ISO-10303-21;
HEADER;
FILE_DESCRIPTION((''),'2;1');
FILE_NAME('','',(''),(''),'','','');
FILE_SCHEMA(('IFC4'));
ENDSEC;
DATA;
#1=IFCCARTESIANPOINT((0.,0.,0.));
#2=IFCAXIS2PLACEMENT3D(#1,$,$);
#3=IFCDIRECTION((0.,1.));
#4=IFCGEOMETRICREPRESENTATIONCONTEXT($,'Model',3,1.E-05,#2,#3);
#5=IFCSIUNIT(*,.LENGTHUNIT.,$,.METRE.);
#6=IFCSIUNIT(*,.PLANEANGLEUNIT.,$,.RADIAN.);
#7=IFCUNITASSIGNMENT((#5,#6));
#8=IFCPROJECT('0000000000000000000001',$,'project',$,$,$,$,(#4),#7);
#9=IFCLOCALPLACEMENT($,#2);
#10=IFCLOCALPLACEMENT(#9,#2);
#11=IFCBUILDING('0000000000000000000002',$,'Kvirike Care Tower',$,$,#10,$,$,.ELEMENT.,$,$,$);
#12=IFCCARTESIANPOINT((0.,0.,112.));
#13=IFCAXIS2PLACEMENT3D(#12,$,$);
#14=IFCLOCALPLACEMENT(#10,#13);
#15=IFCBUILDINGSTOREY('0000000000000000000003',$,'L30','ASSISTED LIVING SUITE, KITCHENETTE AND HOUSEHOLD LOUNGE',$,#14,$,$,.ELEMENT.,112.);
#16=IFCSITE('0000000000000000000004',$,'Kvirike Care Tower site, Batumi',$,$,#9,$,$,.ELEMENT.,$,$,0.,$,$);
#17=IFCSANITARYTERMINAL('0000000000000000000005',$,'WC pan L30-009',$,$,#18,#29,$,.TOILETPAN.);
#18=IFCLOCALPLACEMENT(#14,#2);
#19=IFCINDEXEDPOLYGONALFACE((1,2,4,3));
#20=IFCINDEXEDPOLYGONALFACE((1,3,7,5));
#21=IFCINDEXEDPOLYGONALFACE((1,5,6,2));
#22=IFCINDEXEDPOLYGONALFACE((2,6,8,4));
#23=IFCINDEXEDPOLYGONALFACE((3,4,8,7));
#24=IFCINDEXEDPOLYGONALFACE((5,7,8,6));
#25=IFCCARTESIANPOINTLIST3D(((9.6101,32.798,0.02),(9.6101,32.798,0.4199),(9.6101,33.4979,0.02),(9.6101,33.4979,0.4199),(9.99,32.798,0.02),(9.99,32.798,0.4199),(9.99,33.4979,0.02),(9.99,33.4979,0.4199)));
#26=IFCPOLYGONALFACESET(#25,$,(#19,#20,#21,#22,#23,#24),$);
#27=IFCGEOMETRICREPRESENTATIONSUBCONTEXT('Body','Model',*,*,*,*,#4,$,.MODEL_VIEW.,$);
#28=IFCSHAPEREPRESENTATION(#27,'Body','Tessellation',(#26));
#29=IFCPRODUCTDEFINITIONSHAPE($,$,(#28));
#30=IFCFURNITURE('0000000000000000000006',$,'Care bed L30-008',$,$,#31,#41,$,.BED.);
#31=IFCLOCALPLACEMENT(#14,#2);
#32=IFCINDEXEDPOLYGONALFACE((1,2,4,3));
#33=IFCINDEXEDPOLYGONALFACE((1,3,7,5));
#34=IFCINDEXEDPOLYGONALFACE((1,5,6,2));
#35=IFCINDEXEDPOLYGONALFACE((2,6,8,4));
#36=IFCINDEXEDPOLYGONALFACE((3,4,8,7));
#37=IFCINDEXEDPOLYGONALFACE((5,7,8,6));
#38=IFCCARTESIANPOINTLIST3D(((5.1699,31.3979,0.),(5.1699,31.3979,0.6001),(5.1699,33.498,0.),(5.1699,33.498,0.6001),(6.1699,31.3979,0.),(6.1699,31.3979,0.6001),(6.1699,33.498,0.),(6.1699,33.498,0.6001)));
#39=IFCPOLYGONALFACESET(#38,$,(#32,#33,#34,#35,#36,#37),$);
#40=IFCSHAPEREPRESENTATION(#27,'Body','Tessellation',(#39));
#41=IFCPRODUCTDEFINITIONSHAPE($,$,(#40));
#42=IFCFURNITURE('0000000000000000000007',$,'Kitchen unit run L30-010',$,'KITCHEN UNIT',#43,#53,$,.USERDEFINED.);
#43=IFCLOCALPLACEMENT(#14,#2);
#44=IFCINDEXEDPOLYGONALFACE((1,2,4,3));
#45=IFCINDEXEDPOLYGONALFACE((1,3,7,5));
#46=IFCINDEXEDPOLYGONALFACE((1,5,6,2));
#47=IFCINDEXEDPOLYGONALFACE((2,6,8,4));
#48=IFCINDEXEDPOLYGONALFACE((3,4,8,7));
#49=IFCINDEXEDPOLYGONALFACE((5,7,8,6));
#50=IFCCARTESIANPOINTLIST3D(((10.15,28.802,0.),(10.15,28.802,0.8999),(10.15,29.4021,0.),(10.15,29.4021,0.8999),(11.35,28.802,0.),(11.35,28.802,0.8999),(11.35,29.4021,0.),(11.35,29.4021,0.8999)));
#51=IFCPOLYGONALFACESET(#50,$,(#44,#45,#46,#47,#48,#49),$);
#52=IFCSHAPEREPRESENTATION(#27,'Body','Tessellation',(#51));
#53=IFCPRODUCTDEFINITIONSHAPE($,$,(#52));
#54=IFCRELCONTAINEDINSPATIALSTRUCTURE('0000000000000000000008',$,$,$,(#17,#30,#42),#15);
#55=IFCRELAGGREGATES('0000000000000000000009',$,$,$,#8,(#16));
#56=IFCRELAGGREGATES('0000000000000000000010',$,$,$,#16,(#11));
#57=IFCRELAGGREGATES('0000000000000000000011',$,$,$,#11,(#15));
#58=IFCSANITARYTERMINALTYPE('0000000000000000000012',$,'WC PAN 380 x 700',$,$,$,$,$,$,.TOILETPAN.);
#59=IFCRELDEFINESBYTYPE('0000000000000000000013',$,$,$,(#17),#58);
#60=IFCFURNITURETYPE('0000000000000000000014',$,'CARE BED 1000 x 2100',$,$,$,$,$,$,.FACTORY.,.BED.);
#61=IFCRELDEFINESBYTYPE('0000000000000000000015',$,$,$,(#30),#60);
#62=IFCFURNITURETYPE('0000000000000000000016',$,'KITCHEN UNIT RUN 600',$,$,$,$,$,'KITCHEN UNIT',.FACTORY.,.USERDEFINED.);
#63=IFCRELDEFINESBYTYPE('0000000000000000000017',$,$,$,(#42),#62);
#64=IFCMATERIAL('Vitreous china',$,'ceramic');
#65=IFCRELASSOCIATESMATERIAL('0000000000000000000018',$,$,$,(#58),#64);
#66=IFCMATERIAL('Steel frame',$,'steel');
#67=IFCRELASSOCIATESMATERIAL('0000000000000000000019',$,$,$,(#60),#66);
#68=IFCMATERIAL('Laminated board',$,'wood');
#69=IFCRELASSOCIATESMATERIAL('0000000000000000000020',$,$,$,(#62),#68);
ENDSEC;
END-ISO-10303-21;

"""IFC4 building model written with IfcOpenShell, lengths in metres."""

from ifc_helpers import new_model, si_unit, direction, frame, origin, origin_2d, place, context, subcontext, project, spatial, rectangle, extrude, material, type_object, element, save


model = new_model("IFC4")

# Units and contexts
model_context = context("Model", 3, precision=1e-05, world=origin(), true_north=direction((0.0, 1.0)))
body_context = subcontext(model_context, "Body", "Model", "MODEL_VIEW")
ifc_project = project(units=[si_unit("LENGTHUNIT", "METRE"), si_unit("PLANEANGLEUNIT", "RADIAN")], contexts=[model_context])

# Site, building, storey
site_placement = place(None, origin())
site = spatial("IfcSite", under=ifc_project, at=site_placement, Name="Kvirike Care Tower site, Batumi", CompositionType="ELEMENT", RefElevation=0.0)
building_placement = place(site_placement, origin())
building = spatial("IfcBuilding", under=site, at=building_placement, Name="Kvirike Care Tower", CompositionType="ELEMENT")
storey_placement = place(building_placement, frame((0.0, 0.0, 112.0)))
storey = spatial("IfcBuildingStorey", under=building, at=storey_placement, Name="L30", Description="ASSISTED LIVING SUITE, KITCHENETTE AND HOUSEHOLD LOUNGE", CompositionType="ELEMENT", Elevation=112.0)

# Sanitary terminal
ifc_material_1 = material(Name="Vitreous china", Category="ceramic")
sanitary_terminal_type_1 = type_object("IfcSanitaryTerminalType", Name="WC PAN 380 x 700", PredefinedType="TOILETPAN", material=ifc_material_1)
sanitary_terminal_1_placement = place(storey_placement, frame((9.8, 33.1479, 0.02), z_axis=(0.0, 0.0, 1.0), x_axis=(1.0, 0.0, 0.0)))
element("IfcSanitaryTerminal", 1, at=sanitary_terminal_1_placement, inside=storey, type_object=sanitary_terminal_type_1, Name="WC pan L30-009", PredefinedType="TOILETPAN", context=body_context, shape_type="SweptSolid", body=[
    extrude(rectangle(XDim=0.3799, YDim=0.7, at=origin_2d()), origin(), (0.0, 0.0, 1.0), 0.3999),
])

# Furniture
ifc_material_2 = material(Name="Steel frame", Category="steel")
furniture_type_1 = type_object("IfcFurnitureType", Name="CARE BED 1000 x 2100", AssemblyPlace="FACTORY", PredefinedType="BED", material=ifc_material_2)
furniture_1_placement = place(storey_placement, frame((5.6699, 32.448, 0.0), z_axis=(0.0, 0.0, 1.0), x_axis=(1.0, 0.0, 0.0)))
element("IfcFurniture", 2, at=furniture_1_placement, inside=storey, type_object=furniture_type_1, Name="Care bed L30-008", PredefinedType="BED", context=body_context, shape_type="SweptSolid", body=[
    extrude(rectangle(XDim=1.0, YDim=2.1001, at=origin_2d()), origin(), (0.0, 0.0, 1.0), 0.6001),
])
ifc_material_3 = material(Name="Laminated board", Category="wood")
furniture_type_2 = type_object("IfcFurnitureType", Name="KITCHEN UNIT RUN 600", ElementType="KITCHEN UNIT", AssemblyPlace="FACTORY", PredefinedType="USERDEFINED", material=ifc_material_3)
furniture_2_placement = place(storey_placement, frame((10.75, 29.1021, 0.0), z_axis=(0.0, 0.0, 1.0), x_axis=(-1.0, 0.0, 0.0)))
element("IfcFurniture", 3, at=furniture_2_placement, inside=storey, type_object=furniture_type_2, Name="Kitchen unit run L30-010", ObjectType="KITCHEN UNIT", PredefinedType="USERDEFINED", context=body_context, shape_type="SweptSolid", body=[
    extrude(rectangle(XDim=1.2, YDim=0.6001, at=origin_2d()), origin(), (0.0, 0.0, 1.0), 0.8999),
])

save(model, "model.ifc")
